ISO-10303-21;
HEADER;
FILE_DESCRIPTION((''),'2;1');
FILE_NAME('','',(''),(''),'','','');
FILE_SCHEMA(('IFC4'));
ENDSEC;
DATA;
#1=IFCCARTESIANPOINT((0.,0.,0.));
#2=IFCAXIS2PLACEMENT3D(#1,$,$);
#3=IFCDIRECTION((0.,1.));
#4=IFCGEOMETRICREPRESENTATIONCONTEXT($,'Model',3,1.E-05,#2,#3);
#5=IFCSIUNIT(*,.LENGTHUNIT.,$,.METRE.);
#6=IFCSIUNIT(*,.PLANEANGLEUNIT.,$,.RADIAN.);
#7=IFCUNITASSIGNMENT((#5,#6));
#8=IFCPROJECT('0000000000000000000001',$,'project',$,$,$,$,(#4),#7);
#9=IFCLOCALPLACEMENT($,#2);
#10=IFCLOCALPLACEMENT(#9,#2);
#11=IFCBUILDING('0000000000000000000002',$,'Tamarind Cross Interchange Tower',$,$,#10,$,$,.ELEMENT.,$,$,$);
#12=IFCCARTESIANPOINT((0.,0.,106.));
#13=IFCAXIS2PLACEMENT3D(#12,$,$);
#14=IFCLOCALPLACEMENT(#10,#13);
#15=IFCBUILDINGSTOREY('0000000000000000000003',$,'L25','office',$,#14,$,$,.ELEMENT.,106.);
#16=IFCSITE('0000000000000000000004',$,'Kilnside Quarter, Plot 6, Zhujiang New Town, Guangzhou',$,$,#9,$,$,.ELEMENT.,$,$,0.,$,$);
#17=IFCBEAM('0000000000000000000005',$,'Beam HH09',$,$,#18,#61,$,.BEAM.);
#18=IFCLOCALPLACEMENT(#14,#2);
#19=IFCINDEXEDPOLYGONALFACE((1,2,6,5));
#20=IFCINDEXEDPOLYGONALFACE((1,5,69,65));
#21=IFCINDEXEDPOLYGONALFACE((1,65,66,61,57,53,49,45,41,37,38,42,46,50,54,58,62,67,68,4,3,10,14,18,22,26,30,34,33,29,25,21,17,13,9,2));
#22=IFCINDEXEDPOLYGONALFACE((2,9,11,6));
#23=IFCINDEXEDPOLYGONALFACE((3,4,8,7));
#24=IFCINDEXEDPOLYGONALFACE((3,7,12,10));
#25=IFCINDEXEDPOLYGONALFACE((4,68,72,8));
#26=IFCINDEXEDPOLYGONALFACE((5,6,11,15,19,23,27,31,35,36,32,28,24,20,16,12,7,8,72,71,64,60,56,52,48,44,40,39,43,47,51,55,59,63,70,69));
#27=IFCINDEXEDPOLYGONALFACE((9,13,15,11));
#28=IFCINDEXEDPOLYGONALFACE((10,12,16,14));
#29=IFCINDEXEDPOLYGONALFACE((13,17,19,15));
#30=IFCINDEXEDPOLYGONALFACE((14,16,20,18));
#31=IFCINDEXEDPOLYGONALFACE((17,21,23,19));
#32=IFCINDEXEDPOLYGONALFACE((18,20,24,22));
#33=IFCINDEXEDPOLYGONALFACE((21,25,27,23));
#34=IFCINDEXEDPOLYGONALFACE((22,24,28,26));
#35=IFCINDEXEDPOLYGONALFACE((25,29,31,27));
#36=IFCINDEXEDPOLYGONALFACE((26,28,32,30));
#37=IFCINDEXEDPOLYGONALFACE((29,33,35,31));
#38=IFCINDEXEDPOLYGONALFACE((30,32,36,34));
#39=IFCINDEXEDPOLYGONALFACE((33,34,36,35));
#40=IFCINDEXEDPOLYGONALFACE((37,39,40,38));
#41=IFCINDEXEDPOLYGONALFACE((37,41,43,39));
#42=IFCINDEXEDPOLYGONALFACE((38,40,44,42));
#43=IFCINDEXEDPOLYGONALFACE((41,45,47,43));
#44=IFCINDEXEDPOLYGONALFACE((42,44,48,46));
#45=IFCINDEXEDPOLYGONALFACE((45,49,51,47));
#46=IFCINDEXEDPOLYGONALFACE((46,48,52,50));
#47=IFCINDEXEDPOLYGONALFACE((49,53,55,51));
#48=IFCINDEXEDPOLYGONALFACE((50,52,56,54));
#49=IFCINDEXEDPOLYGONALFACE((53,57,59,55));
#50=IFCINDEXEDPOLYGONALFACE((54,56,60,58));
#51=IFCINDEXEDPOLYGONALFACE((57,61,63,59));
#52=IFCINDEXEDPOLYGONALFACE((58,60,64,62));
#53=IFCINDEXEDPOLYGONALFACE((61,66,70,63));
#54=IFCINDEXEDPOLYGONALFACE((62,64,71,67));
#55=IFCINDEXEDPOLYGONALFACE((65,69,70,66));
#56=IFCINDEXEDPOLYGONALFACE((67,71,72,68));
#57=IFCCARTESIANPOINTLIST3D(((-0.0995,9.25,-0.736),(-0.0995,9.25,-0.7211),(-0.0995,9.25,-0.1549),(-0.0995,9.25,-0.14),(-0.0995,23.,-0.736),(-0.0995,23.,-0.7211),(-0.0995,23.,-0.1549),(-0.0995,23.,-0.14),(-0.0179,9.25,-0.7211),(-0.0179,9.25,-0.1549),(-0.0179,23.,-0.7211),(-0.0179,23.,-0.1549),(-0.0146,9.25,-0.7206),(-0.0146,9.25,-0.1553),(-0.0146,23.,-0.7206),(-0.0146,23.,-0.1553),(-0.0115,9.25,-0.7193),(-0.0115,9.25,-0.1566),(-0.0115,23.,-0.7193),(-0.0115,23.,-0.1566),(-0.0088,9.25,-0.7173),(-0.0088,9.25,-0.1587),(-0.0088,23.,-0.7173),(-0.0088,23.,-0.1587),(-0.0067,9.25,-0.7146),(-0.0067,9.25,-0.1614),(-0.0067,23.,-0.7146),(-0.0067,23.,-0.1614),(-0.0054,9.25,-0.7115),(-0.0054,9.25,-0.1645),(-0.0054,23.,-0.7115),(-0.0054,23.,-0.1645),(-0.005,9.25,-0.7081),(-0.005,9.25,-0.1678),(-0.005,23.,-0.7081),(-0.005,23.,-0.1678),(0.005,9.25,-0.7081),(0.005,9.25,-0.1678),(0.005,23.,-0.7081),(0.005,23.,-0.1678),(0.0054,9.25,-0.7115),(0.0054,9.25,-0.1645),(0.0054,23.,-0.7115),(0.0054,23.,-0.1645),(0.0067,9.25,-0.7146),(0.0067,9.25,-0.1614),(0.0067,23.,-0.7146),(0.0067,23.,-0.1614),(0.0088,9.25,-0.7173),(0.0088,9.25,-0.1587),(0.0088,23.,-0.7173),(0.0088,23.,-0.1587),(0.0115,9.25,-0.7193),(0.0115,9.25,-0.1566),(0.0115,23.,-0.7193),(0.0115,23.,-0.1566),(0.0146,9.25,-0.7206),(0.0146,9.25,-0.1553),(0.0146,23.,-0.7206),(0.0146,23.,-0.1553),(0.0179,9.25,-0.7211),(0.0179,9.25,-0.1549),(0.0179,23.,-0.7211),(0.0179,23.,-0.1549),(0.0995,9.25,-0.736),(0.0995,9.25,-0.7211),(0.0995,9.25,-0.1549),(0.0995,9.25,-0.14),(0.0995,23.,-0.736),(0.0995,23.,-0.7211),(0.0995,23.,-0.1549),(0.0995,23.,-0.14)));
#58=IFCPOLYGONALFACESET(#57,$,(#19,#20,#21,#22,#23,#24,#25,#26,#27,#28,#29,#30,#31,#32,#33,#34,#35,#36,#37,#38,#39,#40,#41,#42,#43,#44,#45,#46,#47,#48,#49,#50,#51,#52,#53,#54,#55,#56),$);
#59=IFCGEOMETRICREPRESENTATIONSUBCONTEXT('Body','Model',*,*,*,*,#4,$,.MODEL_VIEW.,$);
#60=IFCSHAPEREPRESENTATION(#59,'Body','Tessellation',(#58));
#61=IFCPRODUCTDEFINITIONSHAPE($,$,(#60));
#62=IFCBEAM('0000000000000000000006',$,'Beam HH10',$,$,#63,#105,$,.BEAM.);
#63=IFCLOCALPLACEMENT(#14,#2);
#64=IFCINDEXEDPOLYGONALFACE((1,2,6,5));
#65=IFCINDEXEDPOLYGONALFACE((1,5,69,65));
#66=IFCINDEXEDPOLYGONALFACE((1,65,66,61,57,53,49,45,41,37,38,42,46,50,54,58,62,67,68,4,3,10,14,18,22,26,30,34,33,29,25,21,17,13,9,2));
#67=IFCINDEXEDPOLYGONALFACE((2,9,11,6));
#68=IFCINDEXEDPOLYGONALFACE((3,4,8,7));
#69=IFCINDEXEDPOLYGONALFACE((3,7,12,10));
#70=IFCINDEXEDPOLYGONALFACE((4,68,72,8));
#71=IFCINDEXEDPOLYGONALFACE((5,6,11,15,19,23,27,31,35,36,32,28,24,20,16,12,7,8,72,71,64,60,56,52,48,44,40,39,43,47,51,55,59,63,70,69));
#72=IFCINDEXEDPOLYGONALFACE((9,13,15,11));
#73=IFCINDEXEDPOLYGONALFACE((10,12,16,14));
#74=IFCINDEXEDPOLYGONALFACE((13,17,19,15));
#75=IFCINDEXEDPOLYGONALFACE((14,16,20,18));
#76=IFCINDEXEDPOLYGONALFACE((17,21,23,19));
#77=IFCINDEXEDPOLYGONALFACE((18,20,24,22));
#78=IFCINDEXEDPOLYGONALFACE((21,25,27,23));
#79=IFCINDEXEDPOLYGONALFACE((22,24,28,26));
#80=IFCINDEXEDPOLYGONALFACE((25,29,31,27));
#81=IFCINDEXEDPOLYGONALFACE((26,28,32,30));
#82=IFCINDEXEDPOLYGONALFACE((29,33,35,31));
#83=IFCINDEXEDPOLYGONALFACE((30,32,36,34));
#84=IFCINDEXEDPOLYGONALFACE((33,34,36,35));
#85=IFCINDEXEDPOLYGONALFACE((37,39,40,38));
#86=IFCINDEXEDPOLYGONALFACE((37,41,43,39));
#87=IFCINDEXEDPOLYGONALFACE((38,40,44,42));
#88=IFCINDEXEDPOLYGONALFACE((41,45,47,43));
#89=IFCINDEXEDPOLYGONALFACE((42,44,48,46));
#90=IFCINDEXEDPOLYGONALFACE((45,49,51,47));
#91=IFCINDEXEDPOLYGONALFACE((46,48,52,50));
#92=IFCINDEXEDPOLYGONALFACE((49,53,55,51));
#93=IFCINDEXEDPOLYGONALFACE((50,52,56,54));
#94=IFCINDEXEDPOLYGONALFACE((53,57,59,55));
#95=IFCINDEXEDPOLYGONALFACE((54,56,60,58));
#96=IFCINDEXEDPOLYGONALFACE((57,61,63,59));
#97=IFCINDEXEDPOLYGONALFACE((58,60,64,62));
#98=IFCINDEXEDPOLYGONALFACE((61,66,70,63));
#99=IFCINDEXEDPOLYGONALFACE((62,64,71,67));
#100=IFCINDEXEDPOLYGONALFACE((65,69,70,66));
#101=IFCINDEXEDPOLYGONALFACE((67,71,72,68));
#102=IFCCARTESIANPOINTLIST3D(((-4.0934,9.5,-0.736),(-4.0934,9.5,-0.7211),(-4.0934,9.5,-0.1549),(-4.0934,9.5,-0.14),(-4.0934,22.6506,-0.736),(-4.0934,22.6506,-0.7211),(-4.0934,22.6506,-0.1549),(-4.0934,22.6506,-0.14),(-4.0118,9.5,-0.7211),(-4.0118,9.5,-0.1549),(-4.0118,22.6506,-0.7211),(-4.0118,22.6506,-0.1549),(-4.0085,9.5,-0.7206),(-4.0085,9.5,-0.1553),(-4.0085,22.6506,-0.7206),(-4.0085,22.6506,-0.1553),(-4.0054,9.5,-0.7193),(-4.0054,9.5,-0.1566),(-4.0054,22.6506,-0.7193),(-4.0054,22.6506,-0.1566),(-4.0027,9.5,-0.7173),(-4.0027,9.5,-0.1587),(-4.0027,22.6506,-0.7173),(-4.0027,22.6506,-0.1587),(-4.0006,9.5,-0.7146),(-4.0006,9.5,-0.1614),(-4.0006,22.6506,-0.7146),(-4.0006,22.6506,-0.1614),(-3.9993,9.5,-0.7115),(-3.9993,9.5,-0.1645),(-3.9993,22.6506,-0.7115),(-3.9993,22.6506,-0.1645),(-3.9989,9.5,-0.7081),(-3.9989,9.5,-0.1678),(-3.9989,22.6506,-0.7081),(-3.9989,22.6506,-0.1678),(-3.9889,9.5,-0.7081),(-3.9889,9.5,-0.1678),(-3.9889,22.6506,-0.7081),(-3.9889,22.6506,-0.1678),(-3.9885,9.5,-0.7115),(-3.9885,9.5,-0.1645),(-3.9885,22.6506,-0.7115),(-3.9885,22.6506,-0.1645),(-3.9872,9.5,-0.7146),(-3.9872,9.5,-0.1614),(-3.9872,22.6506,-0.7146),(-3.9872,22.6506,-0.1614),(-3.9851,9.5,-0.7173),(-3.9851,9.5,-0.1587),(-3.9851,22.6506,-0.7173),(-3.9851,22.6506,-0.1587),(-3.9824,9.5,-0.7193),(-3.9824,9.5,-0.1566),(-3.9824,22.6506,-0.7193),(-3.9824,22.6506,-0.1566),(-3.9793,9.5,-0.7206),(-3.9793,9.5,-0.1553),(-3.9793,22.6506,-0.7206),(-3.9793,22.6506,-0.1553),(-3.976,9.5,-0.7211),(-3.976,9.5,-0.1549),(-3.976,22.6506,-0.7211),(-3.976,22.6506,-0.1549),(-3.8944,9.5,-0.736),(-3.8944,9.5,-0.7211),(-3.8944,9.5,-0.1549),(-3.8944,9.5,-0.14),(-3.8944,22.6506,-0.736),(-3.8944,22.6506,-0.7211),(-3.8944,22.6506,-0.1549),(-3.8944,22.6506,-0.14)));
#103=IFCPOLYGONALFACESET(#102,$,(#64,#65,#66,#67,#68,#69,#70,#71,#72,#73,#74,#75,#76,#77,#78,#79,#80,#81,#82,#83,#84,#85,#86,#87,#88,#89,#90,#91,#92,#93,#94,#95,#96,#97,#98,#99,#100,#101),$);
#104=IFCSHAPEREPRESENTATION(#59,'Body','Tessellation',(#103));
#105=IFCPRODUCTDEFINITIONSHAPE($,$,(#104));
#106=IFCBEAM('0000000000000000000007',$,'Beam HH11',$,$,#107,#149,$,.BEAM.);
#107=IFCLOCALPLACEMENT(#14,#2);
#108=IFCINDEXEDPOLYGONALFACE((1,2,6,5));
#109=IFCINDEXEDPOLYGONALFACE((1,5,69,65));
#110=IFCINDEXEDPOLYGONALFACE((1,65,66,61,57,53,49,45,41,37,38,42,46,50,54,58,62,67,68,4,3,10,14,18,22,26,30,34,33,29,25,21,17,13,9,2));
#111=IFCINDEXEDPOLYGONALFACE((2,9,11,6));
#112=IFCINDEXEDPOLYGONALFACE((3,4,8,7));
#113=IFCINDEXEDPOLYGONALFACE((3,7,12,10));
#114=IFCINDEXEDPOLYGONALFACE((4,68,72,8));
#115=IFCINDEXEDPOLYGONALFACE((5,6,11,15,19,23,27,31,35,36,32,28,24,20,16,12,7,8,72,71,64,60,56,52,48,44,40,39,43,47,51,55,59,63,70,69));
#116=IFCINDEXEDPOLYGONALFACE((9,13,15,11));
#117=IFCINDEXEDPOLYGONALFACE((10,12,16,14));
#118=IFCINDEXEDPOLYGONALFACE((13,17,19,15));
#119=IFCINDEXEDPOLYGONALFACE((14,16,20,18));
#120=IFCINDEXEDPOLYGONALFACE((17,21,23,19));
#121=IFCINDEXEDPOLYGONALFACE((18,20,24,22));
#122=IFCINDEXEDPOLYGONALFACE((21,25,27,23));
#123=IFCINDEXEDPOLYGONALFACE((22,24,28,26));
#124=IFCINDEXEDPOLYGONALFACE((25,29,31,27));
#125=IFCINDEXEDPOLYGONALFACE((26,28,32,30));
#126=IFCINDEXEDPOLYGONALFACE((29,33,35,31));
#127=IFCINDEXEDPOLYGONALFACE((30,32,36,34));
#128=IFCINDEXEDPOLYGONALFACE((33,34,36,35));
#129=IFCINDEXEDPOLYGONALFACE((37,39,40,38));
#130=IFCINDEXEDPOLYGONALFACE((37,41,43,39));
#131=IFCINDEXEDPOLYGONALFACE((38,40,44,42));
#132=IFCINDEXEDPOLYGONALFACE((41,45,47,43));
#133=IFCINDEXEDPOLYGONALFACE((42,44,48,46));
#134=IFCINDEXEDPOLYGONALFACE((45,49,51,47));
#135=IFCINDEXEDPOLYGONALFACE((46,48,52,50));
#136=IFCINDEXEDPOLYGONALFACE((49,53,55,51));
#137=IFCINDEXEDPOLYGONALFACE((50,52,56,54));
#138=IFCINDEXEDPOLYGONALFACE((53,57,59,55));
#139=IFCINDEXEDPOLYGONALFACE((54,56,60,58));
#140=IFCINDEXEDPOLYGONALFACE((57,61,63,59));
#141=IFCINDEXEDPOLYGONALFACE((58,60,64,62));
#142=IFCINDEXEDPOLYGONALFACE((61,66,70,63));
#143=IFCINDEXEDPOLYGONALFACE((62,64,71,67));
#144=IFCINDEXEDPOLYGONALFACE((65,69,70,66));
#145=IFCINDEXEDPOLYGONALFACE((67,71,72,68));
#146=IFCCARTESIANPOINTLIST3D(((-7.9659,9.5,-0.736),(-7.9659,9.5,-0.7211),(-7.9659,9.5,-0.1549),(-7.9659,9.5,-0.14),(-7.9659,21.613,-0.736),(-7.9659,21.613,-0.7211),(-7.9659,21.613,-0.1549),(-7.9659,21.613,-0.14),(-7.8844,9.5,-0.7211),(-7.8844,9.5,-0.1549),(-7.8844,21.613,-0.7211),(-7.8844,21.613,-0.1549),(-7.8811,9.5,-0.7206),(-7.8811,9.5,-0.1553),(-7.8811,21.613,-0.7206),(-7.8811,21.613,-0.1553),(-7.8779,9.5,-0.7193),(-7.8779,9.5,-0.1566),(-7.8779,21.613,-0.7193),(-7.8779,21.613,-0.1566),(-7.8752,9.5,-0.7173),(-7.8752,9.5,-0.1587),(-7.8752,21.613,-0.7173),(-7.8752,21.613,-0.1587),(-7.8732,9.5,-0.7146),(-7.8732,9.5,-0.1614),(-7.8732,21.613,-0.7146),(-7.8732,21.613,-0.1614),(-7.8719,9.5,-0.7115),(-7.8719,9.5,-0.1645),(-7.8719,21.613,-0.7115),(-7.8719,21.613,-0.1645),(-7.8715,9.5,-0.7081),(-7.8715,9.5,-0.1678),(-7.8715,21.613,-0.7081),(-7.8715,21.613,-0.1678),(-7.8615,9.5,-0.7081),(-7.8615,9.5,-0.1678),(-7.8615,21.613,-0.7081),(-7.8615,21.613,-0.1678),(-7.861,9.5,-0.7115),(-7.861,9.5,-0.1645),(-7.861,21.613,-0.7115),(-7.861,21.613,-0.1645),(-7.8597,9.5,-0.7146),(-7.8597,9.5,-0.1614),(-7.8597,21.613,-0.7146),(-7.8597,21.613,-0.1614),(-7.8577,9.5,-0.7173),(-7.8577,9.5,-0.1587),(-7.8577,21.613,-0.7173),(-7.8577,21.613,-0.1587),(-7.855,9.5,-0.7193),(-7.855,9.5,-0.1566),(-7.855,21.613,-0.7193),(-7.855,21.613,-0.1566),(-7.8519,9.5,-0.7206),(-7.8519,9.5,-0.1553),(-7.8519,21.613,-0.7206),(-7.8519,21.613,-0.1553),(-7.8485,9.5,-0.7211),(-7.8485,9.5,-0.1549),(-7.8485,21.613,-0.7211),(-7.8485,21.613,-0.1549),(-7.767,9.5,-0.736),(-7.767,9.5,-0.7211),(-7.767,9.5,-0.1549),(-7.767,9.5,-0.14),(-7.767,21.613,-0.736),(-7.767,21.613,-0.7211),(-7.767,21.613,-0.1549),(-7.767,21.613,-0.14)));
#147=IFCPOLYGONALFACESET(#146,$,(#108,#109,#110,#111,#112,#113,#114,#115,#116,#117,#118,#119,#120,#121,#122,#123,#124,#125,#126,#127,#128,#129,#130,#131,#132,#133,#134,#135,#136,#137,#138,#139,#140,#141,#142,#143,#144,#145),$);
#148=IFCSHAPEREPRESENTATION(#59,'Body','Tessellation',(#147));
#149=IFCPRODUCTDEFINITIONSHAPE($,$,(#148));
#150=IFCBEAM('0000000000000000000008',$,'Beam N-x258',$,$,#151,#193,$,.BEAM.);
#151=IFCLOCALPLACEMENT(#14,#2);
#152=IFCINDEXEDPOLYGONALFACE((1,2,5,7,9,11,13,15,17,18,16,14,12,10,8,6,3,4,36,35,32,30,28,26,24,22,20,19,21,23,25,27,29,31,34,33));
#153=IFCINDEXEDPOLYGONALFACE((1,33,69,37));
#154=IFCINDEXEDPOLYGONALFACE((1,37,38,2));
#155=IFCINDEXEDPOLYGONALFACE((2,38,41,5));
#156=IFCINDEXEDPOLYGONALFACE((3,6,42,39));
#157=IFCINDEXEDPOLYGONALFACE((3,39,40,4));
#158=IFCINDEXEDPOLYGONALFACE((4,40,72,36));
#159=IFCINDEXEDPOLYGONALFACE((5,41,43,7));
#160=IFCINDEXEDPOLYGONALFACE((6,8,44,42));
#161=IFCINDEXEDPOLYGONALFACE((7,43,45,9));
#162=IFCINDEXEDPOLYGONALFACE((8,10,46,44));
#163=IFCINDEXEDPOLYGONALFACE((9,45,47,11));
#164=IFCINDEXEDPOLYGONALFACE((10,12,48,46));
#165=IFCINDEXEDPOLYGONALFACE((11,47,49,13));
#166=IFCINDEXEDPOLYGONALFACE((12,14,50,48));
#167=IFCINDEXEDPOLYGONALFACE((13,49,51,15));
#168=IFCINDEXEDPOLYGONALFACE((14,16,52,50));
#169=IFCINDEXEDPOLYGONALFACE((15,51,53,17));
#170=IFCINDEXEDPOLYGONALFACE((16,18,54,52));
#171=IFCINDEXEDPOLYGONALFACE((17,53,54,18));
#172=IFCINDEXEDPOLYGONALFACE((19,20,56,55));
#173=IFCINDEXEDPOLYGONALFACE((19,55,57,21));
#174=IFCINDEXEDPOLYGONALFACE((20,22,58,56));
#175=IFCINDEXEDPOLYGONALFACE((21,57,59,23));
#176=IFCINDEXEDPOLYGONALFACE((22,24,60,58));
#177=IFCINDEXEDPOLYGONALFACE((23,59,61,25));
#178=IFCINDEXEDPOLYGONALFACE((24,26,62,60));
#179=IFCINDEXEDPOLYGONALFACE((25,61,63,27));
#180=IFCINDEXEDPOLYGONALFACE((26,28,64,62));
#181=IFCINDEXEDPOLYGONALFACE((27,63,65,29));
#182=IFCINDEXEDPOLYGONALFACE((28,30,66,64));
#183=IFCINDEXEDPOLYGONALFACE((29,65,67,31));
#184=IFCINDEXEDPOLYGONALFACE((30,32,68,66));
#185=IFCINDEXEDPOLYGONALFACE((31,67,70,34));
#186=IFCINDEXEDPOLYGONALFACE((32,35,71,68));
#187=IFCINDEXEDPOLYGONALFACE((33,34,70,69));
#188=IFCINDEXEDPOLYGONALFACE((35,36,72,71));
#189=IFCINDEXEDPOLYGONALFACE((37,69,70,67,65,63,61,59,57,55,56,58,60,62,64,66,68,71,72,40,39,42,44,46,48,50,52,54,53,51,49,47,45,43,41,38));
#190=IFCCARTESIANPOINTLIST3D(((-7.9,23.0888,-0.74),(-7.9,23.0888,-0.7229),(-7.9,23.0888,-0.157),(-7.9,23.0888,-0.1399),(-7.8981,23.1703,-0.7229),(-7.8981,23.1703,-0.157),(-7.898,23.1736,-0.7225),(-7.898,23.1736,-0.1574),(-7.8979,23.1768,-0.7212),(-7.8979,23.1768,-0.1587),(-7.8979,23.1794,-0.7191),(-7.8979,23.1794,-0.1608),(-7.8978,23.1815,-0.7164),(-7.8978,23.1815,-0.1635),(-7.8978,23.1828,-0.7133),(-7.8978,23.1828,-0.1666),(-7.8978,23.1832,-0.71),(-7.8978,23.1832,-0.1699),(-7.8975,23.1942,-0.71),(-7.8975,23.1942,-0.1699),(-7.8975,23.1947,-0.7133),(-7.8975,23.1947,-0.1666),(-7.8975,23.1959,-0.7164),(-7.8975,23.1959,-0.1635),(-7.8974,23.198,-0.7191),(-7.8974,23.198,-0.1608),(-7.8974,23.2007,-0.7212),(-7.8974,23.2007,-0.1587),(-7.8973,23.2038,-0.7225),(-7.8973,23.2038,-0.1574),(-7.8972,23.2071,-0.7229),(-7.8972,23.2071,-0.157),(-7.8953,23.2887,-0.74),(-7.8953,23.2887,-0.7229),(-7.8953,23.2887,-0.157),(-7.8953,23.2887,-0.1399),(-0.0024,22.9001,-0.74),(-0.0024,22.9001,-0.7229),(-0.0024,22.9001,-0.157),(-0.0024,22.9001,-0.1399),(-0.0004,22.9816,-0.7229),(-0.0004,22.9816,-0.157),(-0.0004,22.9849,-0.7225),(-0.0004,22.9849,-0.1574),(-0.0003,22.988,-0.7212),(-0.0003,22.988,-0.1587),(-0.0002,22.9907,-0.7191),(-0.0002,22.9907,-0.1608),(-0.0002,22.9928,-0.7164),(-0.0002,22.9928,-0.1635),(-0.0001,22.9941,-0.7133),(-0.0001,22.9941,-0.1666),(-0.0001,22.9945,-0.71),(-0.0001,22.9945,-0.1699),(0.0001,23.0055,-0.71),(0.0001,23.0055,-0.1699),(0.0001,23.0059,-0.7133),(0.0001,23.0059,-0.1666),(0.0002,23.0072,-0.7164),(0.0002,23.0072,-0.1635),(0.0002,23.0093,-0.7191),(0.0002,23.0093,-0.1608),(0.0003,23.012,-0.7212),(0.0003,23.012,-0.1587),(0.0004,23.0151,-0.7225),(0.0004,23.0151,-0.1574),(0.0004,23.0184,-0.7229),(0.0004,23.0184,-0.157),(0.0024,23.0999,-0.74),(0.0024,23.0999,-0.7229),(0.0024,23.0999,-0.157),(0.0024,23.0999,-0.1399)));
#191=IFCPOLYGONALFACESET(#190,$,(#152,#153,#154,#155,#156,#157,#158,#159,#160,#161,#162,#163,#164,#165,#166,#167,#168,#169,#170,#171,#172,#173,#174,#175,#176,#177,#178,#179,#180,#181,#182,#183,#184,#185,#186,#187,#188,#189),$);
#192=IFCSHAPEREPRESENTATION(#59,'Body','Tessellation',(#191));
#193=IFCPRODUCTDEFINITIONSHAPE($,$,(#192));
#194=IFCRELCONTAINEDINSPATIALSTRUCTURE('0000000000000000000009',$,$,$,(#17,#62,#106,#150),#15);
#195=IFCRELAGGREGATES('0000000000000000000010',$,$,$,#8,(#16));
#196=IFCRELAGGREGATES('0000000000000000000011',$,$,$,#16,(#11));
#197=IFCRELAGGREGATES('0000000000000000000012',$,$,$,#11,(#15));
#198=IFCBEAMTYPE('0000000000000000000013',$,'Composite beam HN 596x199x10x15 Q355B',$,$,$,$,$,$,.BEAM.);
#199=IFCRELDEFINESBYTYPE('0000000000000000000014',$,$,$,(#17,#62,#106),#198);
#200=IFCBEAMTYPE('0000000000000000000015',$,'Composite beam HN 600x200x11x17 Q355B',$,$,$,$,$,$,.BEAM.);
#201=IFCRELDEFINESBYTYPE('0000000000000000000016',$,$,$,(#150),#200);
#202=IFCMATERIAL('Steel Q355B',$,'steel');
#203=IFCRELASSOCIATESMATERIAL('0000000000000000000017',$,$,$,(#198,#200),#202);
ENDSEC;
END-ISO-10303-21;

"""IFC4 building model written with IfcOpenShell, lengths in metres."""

from ifc_helpers import new_model, si_unit, direction, frame, origin, origin_2d, place, context, subcontext, project, spatial, i_section, extrude, material, material_profile, profile_set, type_object, element, save


model = new_model("IFC4")

# Units and contexts
model_context = context("Model", 3, precision=1e-05, world=origin(), true_north=direction((0.0, 1.0)))
body_context = subcontext(model_context, "Body", "Model", "MODEL_VIEW")
ifc_project = project(units=[si_unit("LENGTHUNIT", "METRE"), si_unit("PLANEANGLEUNIT", "RADIAN")], contexts=[model_context])

# Site, building, storey
site_placement = place(None, origin())
site = spatial("IfcSite", under=ifc_project, at=site_placement, Name="Kilnside Quarter, Plot 6, Zhujiang New Town, Guangzhou", CompositionType="ELEMENT", RefElevation=0.0)
building_placement = place(site_placement, origin())
building = spatial("IfcBuilding", under=site, at=building_placement, Name="Tamarind Cross Interchange Tower", CompositionType="ELEMENT")
storey_placement = place(building_placement, frame((0.0, 0.0, 106.0)))
storey = spatial("IfcBuildingStorey", under=building, at=storey_placement, Name="L25", Description="office", CompositionType="ELEMENT", Elevation=106.0)

# Beams
ifc_material_1 = material(Name="Steel Q355B", Category="steel")
ifc_material_profile_1 = material_profile(ifc_material_1, i_section(OverallWidth=0.199, OverallDepth=0.5959, WebThickness=0.01, FlangeThickness=0.0149, FilletRadius=0.0129, at=origin_2d()), Name="HN 596x199x10x15")
ifc_profile_set_1 = profile_set([ifc_material_profile_1], Name="Steel Q355B")
beam_type_1 = type_object("IfcBeamType", Name="Composite beam HN 596x199x10x15 Q355B", PredefinedType="BEAM", material=ifc_profile_set_1)
beam_1_placement = place(storey_placement, frame((0.0, 23.0, -0.438), z_axis=(0.0, -1.0, 0.0), x_axis=(1.0, 0.0, 0.0)))
element("IfcBeam", 1, at=beam_1_placement, inside=storey, type_object=beam_type_1, Name="Beam HH09", PredefinedType="BEAM", context=body_context, shape_type="SweptSolid", body=[
    extrude(i_section(OverallWidth=0.199, OverallDepth=0.5959, WebThickness=0.01, FlangeThickness=0.0149, FilletRadius=0.0129, at=origin_2d()), origin(), (0.0, 0.0, 1.0), 13.75),
])
beam_2_placement = place(storey_placement, frame((-3.9939, 22.6506, -0.438), z_axis=(0.0, -1.0, 0.0), x_axis=(1.0, 0.0, 0.0)))
element("IfcBeam", 2, at=beam_2_placement, inside=storey, type_object=beam_type_1, Name="Beam HH10", PredefinedType="BEAM", context=body_context, shape_type="SweptSolid", body=[
    extrude(i_section(OverallWidth=0.199, OverallDepth=0.5959, WebThickness=0.01, FlangeThickness=0.0149, FilletRadius=0.0129, at=origin_2d()), origin(), (0.0, 0.0, 1.0), 13.1506),
])
beam_3_placement = place(storey_placement, frame((-7.8665, 21.613, -0.438), z_axis=(0.0, -1.0, 0.0), x_axis=(1.0, 0.0, 0.0)))
element("IfcBeam", 3, at=beam_3_placement, inside=storey, type_object=beam_type_1, Name="Beam HH11", PredefinedType="BEAM", context=body_context, shape_type="SweptSolid", body=[
    extrude(i_section(OverallWidth=0.199, OverallDepth=0.5959, WebThickness=0.01, FlangeThickness=0.0149, FilletRadius=0.0129, at=origin_2d()), origin(), (0.0, 0.0, 1.0), 12.113),
])
ifc_material_profile_2 = material_profile(ifc_material_1, i_section(OverallWidth=0.2, OverallDepth=0.6001, WebThickness=0.011, FlangeThickness=0.0171, FilletRadius=0.0129, at=origin_2d()), Name="HN 600x200x11x17")
ifc_profile_set_2 = profile_set([ifc_material_profile_2], Name="Steel Q355B")
beam_type_2 = type_object("IfcBeamType", Name="Composite beam HN 600x200x11x17 Q355B", PredefinedType="BEAM", material=ifc_profile_set_2)
beam_4_placement = place(storey_placement, frame((0.0, 23.0, -0.4399), z_axis=(-0.999715, 0.023889, 0.0), x_axis=(-0.023889, -0.999715, 0.0)))
element("IfcBeam", 4, at=beam_4_placement, inside=storey, type_object=beam_type_2, Name="Beam N-x258", PredefinedType="BEAM", context=body_context, shape_type="SweptSolid", body=[
    extrude(i_section(OverallWidth=0.2, OverallDepth=0.6001, WebThickness=0.011, FlangeThickness=0.0171, FilletRadius=0.0129, at=origin_2d()), origin(), (0.0, 0.0, 1.0), 7.8999),
])

save(model, "model.ifc")
